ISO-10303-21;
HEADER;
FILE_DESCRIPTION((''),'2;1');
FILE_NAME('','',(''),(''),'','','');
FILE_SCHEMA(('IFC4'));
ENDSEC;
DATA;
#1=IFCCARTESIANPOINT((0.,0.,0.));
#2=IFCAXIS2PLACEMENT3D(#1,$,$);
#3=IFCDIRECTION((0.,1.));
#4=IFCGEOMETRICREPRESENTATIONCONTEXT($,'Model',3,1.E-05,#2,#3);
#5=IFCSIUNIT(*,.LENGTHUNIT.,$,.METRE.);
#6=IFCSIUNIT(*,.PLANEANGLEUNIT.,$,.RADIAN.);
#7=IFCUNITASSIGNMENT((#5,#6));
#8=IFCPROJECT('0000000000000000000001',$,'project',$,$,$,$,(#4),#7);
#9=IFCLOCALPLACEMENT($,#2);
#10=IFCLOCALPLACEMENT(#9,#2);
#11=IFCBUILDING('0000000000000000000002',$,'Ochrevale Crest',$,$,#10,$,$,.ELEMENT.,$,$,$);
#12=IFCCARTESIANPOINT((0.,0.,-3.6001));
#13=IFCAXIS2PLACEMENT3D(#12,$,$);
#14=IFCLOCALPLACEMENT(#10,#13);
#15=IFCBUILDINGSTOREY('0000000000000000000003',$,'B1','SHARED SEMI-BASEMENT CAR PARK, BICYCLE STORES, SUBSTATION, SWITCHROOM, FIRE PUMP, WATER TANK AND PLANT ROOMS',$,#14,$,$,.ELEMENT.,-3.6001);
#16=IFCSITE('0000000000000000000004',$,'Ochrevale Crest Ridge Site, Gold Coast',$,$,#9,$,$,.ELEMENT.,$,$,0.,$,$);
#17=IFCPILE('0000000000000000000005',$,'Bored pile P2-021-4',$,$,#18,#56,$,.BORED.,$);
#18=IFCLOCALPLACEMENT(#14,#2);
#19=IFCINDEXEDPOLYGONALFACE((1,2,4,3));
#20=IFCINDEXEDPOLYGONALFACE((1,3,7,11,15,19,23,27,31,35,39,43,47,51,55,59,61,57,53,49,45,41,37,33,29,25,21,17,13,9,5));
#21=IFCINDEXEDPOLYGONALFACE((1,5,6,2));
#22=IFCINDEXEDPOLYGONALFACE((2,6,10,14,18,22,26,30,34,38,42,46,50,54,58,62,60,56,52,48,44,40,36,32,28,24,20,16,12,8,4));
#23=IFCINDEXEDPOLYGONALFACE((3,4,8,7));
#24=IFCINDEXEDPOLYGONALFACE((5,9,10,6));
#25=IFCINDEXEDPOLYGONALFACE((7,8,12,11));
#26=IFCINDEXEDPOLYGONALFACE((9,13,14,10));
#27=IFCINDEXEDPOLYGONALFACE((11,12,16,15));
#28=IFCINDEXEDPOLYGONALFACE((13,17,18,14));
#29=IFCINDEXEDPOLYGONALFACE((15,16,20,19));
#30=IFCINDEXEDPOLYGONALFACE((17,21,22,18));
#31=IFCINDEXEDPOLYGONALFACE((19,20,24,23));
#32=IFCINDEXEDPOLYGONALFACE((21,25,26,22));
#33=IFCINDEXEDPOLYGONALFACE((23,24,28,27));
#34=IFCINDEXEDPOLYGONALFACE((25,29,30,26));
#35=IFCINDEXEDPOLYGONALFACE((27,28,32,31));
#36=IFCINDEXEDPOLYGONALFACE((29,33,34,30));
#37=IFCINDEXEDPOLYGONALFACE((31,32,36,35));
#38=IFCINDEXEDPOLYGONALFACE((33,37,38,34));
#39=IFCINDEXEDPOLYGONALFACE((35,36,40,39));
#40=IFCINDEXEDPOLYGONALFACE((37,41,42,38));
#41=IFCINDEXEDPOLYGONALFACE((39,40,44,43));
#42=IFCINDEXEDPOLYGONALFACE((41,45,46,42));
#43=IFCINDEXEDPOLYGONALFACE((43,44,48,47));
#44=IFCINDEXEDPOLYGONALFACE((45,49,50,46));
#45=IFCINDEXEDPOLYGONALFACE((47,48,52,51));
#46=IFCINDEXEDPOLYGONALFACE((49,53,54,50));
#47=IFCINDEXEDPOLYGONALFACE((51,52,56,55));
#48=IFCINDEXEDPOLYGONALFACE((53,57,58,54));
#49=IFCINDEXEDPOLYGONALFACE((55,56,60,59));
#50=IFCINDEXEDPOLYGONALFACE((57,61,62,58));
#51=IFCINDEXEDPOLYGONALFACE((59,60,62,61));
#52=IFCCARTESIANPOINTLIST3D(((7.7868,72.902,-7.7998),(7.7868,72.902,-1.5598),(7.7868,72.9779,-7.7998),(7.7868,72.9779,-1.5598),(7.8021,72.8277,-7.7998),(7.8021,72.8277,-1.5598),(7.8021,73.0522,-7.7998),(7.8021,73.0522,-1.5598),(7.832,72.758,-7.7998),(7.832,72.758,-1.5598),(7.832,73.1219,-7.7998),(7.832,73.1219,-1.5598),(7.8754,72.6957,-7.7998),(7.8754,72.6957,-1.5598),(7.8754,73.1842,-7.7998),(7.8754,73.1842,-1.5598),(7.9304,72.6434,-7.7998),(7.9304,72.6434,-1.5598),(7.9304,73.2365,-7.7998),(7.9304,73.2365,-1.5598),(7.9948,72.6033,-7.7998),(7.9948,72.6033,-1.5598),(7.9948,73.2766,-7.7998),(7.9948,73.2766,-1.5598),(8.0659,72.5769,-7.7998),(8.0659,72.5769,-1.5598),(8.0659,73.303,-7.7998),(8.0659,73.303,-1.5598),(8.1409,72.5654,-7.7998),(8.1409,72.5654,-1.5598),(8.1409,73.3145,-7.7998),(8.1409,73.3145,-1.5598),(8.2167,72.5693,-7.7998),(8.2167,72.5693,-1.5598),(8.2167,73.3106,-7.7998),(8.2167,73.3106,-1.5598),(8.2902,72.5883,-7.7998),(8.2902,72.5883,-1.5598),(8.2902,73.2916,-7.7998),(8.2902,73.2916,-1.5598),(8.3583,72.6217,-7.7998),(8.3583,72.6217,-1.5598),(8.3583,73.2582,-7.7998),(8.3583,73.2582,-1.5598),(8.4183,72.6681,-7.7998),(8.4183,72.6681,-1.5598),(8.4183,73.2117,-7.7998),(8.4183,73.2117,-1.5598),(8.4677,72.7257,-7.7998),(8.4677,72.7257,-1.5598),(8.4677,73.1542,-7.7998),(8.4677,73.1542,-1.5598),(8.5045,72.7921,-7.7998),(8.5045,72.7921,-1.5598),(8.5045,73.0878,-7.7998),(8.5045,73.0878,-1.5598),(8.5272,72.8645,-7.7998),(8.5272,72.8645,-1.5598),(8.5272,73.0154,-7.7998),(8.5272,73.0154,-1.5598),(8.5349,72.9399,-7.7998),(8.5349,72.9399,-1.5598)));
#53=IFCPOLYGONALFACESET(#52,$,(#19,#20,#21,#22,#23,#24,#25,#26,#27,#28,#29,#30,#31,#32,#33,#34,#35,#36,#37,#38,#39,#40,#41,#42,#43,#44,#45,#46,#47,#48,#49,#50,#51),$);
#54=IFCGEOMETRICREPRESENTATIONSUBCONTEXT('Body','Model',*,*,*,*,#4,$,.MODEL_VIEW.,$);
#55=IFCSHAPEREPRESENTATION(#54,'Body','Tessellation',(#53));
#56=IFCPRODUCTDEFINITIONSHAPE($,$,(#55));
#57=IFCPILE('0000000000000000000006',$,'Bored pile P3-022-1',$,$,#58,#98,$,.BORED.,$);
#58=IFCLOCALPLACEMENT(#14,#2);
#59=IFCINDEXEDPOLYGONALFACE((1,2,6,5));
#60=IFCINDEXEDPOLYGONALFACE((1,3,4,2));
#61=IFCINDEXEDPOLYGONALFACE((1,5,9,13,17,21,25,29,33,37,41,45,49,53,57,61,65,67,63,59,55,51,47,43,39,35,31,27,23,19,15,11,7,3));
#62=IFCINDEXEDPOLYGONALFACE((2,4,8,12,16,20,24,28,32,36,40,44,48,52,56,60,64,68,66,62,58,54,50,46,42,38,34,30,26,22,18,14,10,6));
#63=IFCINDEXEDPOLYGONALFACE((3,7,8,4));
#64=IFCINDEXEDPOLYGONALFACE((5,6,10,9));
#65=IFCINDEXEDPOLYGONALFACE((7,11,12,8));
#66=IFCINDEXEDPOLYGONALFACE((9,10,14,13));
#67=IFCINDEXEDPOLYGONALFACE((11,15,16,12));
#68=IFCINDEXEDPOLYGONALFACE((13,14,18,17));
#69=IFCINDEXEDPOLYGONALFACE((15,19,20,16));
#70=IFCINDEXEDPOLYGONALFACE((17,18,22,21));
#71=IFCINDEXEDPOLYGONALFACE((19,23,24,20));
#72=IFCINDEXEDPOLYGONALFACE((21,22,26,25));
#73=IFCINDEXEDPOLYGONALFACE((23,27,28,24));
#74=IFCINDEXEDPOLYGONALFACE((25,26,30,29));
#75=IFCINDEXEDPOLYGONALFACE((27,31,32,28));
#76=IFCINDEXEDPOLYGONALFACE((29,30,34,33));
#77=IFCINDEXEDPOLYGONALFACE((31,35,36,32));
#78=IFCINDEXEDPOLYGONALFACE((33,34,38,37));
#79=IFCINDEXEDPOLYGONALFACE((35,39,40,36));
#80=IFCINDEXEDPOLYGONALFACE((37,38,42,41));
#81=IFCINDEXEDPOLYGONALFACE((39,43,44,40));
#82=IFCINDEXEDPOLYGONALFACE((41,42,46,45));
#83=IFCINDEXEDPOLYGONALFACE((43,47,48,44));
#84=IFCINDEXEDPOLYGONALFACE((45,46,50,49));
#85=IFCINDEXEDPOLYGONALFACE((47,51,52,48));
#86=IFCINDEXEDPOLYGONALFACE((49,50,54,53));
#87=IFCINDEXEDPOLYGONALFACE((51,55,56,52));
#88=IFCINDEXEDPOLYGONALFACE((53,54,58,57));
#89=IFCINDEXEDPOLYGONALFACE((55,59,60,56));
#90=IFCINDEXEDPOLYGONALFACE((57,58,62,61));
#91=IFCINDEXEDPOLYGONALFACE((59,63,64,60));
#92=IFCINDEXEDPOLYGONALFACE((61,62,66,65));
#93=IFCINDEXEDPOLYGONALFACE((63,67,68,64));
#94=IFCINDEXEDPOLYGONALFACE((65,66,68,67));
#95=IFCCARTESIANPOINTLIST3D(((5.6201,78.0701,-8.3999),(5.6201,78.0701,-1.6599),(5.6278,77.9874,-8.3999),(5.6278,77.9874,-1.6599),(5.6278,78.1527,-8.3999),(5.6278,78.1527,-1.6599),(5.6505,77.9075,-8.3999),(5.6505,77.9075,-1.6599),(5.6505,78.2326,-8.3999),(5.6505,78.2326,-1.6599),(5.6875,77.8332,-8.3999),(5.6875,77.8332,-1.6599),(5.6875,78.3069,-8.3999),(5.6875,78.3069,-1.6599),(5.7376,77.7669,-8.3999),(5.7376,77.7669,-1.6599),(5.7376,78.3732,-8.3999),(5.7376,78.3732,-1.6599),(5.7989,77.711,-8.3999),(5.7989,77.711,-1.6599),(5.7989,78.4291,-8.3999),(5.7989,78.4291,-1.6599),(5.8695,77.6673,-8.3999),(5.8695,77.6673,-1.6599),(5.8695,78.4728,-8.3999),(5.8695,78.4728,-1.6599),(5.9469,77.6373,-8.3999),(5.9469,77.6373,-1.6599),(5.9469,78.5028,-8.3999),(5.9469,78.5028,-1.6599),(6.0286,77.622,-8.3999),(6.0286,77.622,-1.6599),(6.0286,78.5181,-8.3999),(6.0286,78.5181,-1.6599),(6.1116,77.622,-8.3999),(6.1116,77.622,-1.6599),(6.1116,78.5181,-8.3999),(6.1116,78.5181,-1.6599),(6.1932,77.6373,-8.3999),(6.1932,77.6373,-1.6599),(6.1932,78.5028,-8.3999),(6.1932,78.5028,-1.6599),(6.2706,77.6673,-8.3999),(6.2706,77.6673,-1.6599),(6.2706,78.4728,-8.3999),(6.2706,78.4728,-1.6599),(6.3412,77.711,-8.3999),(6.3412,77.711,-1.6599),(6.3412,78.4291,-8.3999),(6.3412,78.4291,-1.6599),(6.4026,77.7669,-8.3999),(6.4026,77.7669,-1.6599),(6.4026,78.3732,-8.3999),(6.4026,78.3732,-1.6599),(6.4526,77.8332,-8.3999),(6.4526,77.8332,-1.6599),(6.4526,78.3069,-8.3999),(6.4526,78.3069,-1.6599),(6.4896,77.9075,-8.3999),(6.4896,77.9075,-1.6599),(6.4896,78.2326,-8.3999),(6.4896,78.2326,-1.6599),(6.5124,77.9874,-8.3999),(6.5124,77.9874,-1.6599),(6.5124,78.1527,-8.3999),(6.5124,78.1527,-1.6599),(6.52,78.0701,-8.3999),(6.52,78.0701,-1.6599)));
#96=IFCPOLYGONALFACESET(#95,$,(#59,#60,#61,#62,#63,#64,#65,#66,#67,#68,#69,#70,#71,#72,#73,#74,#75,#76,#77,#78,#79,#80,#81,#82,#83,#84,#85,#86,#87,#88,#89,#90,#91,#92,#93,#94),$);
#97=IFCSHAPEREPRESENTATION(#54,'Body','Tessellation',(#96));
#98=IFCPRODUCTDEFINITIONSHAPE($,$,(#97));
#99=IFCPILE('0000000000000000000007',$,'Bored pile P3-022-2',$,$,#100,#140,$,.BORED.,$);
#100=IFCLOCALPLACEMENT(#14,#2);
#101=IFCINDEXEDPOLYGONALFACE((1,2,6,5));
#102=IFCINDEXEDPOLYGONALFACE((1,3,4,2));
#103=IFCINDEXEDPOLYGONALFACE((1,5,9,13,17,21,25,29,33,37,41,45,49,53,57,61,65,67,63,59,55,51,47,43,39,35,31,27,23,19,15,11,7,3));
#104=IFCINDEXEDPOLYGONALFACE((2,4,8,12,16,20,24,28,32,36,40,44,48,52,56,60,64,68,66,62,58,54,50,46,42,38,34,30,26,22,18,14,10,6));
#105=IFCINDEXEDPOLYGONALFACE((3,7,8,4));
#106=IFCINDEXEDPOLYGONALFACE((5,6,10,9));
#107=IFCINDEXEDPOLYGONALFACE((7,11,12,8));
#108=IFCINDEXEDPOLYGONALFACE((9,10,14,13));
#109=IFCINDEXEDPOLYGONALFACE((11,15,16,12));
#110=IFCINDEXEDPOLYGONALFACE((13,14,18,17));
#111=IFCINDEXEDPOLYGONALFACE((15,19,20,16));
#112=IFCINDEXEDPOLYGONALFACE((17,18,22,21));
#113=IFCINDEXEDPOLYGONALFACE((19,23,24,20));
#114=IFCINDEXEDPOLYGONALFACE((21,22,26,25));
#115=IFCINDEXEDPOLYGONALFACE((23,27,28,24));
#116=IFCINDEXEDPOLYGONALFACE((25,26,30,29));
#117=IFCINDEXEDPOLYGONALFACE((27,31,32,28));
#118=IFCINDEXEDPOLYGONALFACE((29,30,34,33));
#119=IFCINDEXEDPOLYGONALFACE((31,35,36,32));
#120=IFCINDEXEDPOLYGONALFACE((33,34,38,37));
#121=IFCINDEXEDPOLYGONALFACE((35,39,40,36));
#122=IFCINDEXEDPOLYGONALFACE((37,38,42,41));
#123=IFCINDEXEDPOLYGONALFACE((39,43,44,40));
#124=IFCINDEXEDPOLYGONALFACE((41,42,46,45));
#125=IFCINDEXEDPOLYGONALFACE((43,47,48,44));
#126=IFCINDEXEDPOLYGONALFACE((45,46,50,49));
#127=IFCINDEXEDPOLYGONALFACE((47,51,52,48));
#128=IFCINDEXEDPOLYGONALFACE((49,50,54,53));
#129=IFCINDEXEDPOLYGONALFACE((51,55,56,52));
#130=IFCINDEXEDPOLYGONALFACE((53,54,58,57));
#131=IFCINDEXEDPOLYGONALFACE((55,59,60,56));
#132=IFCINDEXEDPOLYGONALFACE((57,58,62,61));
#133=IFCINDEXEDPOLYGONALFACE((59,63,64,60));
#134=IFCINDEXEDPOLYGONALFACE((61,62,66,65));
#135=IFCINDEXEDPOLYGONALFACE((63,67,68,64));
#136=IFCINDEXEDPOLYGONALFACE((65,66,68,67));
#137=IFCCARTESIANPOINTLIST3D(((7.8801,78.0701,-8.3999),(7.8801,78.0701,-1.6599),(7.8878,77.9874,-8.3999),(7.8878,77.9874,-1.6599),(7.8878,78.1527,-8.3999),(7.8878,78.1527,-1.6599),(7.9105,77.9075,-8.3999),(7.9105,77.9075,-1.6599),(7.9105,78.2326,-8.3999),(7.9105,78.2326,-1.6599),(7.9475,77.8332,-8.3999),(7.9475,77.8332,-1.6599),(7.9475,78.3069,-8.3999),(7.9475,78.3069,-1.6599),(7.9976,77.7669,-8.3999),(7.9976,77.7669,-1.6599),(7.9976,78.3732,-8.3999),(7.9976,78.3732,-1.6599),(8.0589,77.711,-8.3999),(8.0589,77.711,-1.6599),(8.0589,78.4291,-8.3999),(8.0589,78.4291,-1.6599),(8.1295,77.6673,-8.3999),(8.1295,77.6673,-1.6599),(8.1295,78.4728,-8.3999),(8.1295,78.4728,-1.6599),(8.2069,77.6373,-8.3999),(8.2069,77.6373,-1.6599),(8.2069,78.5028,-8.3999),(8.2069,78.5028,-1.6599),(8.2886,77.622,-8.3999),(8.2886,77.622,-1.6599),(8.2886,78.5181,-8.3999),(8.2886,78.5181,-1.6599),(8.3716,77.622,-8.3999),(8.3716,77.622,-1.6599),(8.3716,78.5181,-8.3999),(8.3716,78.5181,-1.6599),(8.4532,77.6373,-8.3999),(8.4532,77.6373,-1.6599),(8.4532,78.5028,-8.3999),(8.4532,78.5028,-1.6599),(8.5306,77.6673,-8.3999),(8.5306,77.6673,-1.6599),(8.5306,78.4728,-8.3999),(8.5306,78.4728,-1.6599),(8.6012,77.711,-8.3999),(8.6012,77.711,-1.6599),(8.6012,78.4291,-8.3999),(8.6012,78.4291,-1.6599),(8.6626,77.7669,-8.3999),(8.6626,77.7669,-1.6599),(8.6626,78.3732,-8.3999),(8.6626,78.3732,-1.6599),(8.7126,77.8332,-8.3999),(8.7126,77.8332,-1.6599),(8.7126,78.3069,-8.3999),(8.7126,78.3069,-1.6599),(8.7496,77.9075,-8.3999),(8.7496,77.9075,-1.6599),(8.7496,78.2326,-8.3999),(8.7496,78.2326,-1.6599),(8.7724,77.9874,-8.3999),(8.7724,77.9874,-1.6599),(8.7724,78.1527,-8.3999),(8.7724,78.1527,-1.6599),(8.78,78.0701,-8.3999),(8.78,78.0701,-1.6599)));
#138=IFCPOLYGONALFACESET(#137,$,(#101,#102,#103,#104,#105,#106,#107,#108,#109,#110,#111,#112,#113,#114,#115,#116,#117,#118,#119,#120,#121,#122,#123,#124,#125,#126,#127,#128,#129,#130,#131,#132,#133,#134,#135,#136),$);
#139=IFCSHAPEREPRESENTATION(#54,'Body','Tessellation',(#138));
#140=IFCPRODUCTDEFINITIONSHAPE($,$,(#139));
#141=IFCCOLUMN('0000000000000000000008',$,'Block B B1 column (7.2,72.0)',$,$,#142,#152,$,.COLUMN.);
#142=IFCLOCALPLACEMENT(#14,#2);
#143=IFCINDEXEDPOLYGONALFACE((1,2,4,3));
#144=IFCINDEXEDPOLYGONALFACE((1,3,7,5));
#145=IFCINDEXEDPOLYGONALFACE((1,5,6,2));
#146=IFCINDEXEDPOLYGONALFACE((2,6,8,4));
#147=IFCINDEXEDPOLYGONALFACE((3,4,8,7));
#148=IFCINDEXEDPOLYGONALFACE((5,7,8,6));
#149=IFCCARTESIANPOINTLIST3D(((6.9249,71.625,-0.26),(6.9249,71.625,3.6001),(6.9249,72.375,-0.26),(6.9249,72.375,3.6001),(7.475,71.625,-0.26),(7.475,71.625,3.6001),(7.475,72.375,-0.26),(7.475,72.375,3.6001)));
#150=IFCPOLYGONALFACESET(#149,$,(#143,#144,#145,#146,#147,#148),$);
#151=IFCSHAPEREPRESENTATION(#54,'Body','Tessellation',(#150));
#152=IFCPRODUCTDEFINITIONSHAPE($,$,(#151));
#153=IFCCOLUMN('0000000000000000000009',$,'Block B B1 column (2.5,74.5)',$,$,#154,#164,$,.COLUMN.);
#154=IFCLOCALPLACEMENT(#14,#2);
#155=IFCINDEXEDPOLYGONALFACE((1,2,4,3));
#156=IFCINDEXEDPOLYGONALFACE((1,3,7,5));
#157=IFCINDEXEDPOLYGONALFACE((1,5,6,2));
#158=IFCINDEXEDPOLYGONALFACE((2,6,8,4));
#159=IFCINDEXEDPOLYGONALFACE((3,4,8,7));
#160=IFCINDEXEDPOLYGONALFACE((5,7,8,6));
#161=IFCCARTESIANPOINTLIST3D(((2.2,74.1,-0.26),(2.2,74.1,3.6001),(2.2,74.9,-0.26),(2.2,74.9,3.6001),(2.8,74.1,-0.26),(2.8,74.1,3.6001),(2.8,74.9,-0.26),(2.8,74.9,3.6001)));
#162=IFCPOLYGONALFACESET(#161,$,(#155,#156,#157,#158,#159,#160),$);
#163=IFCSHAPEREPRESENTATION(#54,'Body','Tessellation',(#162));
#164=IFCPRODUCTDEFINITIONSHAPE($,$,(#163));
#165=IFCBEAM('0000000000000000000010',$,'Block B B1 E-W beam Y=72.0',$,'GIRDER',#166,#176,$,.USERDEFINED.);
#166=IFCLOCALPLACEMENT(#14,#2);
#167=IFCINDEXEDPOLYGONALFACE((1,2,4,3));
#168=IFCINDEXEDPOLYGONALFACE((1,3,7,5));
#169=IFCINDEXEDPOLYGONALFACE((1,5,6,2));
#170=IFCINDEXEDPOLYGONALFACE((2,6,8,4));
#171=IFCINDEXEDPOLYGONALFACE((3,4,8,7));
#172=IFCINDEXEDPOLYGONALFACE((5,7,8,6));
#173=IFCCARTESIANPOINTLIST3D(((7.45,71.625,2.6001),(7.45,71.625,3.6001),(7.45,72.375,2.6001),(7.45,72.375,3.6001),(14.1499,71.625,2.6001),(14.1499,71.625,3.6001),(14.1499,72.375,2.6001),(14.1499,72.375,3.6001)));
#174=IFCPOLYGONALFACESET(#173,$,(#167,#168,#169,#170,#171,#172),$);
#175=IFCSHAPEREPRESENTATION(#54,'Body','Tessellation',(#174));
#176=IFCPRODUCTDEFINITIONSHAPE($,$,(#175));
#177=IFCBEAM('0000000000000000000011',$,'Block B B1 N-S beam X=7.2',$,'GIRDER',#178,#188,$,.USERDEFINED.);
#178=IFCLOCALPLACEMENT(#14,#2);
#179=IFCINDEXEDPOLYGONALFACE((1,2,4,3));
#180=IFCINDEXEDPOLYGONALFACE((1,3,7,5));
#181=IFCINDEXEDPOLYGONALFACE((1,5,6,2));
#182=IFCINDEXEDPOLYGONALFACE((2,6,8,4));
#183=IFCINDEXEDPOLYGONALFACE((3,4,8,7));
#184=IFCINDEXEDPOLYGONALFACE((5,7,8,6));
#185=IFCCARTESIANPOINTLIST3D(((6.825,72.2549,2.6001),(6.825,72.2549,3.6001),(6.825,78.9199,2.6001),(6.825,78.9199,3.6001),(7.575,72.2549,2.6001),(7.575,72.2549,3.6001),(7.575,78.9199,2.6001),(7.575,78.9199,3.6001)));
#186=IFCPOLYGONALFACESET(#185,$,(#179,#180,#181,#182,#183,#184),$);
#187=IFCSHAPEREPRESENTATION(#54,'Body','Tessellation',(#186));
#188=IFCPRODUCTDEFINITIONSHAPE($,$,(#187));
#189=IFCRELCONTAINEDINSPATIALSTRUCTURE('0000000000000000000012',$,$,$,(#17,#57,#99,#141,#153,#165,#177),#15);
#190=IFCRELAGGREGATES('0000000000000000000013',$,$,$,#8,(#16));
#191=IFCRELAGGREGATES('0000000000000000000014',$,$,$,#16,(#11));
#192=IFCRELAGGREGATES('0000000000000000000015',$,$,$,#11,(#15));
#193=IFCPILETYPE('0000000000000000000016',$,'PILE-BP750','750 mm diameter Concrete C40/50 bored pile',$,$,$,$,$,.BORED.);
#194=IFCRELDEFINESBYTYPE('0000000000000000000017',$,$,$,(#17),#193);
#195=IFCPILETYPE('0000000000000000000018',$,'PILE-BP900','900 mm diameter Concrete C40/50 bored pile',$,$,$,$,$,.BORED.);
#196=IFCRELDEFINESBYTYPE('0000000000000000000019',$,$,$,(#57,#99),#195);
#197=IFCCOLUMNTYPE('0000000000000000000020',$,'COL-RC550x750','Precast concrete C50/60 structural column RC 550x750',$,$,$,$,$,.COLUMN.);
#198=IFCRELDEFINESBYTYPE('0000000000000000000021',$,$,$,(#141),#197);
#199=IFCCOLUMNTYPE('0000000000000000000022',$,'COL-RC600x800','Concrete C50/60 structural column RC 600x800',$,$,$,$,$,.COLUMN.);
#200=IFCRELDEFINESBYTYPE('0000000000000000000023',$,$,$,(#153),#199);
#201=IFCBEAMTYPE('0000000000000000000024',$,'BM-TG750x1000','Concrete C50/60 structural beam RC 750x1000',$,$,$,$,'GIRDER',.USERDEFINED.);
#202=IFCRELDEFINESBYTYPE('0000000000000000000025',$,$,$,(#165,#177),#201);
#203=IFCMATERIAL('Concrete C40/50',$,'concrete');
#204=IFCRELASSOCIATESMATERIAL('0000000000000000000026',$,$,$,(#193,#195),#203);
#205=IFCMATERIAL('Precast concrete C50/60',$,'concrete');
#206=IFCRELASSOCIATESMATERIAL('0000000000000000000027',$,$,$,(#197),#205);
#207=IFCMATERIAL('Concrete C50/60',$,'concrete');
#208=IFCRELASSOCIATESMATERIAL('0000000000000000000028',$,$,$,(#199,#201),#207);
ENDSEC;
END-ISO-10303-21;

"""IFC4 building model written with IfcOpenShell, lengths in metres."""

from ifc_helpers import new_model, si_unit, direction, frame, origin, origin_2d, place, context, subcontext, project, spatial, rectangle, circle, extrude, material, material_profile, profile_set, type_object, element, save


model = new_model("IFC4")

# Units and contexts
model_context = context("Model", 3, precision=1e-05, world=origin(), true_north=direction((0.0, 1.0)))
body_context = subcontext(model_context, "Body", "Model", "MODEL_VIEW")
ifc_project = project(units=[si_unit("LENGTHUNIT", "METRE"), si_unit("PLANEANGLEUNIT", "RADIAN")], contexts=[model_context])

# Site, building, storey
site_placement = place(None, origin())
site = spatial("IfcSite", under=ifc_project, at=site_placement, Name="Ochrevale Crest Ridge Site, Gold Coast", CompositionType="ELEMENT", RefElevation=0.0)
building_placement = place(site_placement, origin())
building = spatial("IfcBuilding", under=site, at=building_placement, Name="Ochrevale Crest", CompositionType="ELEMENT")
storey_placement = place(building_placement, frame((0.0, 0.0, -3.6001)))
storey = spatial("IfcBuildingStorey", under=building, at=storey_placement, Name="B1", Description="SHARED SEMI-BASEMENT CAR PARK, BICYCLE STORES, SUBSTATION, SWITCHROOM, FIRE PUMP, WATER TANK AND PLANT ROOMS", CompositionType="ELEMENT", Elevation=-3.6001)

# Shared definitions
ifc_material_1 = material(Name="Concrete C40/50", Category="concrete")

# Piles
ifc_material_profile_1 = material_profile(ifc_material_1, circle(Radius=0.375, at=origin_2d()), Name="BORED PILE 750")
ifc_profile_set_1 = profile_set([ifc_material_profile_1], Name="Concrete C40/50")
pile_type_1 = type_object("IfcPileType", Name="PILE-BP750", Description="750 mm diameter Concrete C40/50 bored pile", PredefinedType="BORED", material=ifc_profile_set_1)
for number, where, z_axis, x_axis, name in (
    (1, (8.1599, 72.9399, -1.5598), (0.0, 0.0, -1.0), (1.0, 0.0, 0.0), "Bored pile P2-021-4"),
):
    element("IfcPile", number, at=place(storey_placement, frame(where, z_axis=z_axis, x_axis=x_axis)), inside=storey, type_object=pile_type_1, Name=name, PredefinedType="BORED", context=body_context, shape_type="SweptSolid", body=[
        extrude(circle(Radius=0.375, at=origin_2d()), origin(), (0.0, 0.0, 1.0), 6.24),
    ])
ifc_material_profile_2 = material_profile(ifc_material_1, circle(Radius=0.45, at=origin_2d()), Name="BORED PILE 900")
ifc_profile_set_2 = profile_set([ifc_material_profile_2], Name="Concrete C40/50")
pile_type_2 = type_object("IfcPileType", Name="PILE-BP900", Description="900 mm diameter Concrete C40/50 bored pile", PredefinedType="BORED", material=ifc_profile_set_2)
for number, where, z_axis, x_axis, name in (
    (2, (6.0701, 78.0701, -1.6599), (0.0, 0.0, -1.0), (1.0, 0.0, 0.0), "Bored pile P3-022-1"),
    (3, (8.3301, 78.0701, -1.6599), (0.0, 0.0, -1.0), (1.0, 0.0, 0.0), "Bored pile P3-022-2"),
):
    element("IfcPile", number, at=place(storey_placement, frame(where, z_axis=z_axis, x_axis=x_axis)), inside=storey, type_object=pile_type_2, Name=name, PredefinedType="BORED", context=body_context, shape_type="SweptSolid", body=[
        extrude(circle(Radius=0.45, at=origin_2d()), origin(), (0.0, 0.0, 1.0), 6.74),
    ])

# Columns
ifc_material_2 = material(Name="Precast concrete C50/60", Category="concrete")
ifc_material_profile_3 = material_profile(ifc_material_2, rectangle(XDim=0.55, YDim=0.75, at=origin_2d()), Name="RC 550x750")
ifc_profile_set_3 = profile_set([ifc_material_profile_3], Name="Precast concrete C50/60")
column_type_1 = type_object("IfcColumnType", Name="COL-RC550x750", Description="Precast concrete C50/60 structural column RC 550x750", PredefinedType="COLUMN", material=ifc_profile_set_3)
column_1_placement = place(storey_placement, frame((7.2, 72.0, -0.26), z_axis=(0.0, 0.0, 1.0), x_axis=(1.0, 0.0, 0.0)))
element("IfcColumn", 4, at=column_1_placement, inside=storey, type_object=column_type_1, Name="Block B B1 column (7.2,72.0)", PredefinedType="COLUMN", context=body_context, shape_type="SweptSolid", body=[
    extrude(rectangle(XDim=0.55, YDim=0.75, at=origin_2d()), origin(), (0.0, 0.0, 1.0), 3.8601),
])
ifc_material_3 = material(Name="Concrete C50/60", Category="concrete")
ifc_material_profile_4 = material_profile(ifc_material_3, rectangle(XDim=0.6001, YDim=0.8, at=origin_2d()), Name="RC 600x800")
ifc_profile_set_4 = profile_set([ifc_material_profile_4], Name="Concrete C50/60")
column_type_2 = type_object("IfcColumnType", Name="COL-RC600x800", Description="Concrete C50/60 structural column RC 600x800", PredefinedType="COLUMN", material=ifc_profile_set_4)
column_2_placement = place(storey_placement, frame((2.5, 74.5, -0.26), z_axis=(0.0, 0.0, 1.0), x_axis=(1.0, 0.0, 0.0)))
element("IfcColumn", 5, at=column_2_placement, inside=storey, type_object=column_type_2, Name="Block B B1 column (2.5,74.5)", PredefinedType="COLUMN", context=body_context, shape_type="SweptSolid", body=[
    extrude(rectangle(XDim=0.6001, YDim=0.8, at=origin_2d()), origin(), (0.0, 0.0, 1.0), 3.8601),
])

# Beams
ifc_material_profile_5 = material_profile(ifc_material_3, rectangle(XDim=0.75, YDim=1.0, at=origin_2d()), Name="RC 750x1000")
ifc_profile_set_5 = profile_set([ifc_material_profile_5], Name="Concrete C50/60")
beam_type = type_object("IfcBeamType", Name="BM-TG750x1000", Description="Concrete C50/60 structural beam RC 750x1000", ElementType="GIRDER", PredefinedType="USERDEFINED", material=ifc_profile_set_5)
beam_1_placement = place(storey_placement, frame((7.45, 72.0, 3.1001), z_axis=(1.0, 0.0, 0.0), x_axis=(0.0, 1.0, 0.0)))
element("IfcBeam", 6, at=beam_1_placement, inside=storey, type_object=beam_type, Name="Block B B1 E-W beam Y=72.0", ObjectType="GIRDER", PredefinedType="USERDEFINED", context=body_context, shape_type="SweptSolid", body=[
    extrude(rectangle(XDim=0.75, YDim=1.0, at=origin_2d()), origin(), (0.0, 0.0, 1.0), 6.7),
])
beam_2_placement = place(storey_placement, frame((7.2, 72.2549, 3.1001), z_axis=(0.0, 1.0, 0.0), x_axis=(-1.0, 0.0, 0.0)))
element("IfcBeam", 7, at=beam_2_placement, inside=storey, type_object=beam_type, Name="Block B B1 N-S beam X=7.2", ObjectType="GIRDER", PredefinedType="USERDEFINED", context=body_context, shape_type="SweptSolid", body=[
    extrude(rectangle(XDim=0.75, YDim=1.0, at=origin_2d()), origin(), (0.0, 0.0, 1.0), 6.665),
])

save(model, "model.ifc")
